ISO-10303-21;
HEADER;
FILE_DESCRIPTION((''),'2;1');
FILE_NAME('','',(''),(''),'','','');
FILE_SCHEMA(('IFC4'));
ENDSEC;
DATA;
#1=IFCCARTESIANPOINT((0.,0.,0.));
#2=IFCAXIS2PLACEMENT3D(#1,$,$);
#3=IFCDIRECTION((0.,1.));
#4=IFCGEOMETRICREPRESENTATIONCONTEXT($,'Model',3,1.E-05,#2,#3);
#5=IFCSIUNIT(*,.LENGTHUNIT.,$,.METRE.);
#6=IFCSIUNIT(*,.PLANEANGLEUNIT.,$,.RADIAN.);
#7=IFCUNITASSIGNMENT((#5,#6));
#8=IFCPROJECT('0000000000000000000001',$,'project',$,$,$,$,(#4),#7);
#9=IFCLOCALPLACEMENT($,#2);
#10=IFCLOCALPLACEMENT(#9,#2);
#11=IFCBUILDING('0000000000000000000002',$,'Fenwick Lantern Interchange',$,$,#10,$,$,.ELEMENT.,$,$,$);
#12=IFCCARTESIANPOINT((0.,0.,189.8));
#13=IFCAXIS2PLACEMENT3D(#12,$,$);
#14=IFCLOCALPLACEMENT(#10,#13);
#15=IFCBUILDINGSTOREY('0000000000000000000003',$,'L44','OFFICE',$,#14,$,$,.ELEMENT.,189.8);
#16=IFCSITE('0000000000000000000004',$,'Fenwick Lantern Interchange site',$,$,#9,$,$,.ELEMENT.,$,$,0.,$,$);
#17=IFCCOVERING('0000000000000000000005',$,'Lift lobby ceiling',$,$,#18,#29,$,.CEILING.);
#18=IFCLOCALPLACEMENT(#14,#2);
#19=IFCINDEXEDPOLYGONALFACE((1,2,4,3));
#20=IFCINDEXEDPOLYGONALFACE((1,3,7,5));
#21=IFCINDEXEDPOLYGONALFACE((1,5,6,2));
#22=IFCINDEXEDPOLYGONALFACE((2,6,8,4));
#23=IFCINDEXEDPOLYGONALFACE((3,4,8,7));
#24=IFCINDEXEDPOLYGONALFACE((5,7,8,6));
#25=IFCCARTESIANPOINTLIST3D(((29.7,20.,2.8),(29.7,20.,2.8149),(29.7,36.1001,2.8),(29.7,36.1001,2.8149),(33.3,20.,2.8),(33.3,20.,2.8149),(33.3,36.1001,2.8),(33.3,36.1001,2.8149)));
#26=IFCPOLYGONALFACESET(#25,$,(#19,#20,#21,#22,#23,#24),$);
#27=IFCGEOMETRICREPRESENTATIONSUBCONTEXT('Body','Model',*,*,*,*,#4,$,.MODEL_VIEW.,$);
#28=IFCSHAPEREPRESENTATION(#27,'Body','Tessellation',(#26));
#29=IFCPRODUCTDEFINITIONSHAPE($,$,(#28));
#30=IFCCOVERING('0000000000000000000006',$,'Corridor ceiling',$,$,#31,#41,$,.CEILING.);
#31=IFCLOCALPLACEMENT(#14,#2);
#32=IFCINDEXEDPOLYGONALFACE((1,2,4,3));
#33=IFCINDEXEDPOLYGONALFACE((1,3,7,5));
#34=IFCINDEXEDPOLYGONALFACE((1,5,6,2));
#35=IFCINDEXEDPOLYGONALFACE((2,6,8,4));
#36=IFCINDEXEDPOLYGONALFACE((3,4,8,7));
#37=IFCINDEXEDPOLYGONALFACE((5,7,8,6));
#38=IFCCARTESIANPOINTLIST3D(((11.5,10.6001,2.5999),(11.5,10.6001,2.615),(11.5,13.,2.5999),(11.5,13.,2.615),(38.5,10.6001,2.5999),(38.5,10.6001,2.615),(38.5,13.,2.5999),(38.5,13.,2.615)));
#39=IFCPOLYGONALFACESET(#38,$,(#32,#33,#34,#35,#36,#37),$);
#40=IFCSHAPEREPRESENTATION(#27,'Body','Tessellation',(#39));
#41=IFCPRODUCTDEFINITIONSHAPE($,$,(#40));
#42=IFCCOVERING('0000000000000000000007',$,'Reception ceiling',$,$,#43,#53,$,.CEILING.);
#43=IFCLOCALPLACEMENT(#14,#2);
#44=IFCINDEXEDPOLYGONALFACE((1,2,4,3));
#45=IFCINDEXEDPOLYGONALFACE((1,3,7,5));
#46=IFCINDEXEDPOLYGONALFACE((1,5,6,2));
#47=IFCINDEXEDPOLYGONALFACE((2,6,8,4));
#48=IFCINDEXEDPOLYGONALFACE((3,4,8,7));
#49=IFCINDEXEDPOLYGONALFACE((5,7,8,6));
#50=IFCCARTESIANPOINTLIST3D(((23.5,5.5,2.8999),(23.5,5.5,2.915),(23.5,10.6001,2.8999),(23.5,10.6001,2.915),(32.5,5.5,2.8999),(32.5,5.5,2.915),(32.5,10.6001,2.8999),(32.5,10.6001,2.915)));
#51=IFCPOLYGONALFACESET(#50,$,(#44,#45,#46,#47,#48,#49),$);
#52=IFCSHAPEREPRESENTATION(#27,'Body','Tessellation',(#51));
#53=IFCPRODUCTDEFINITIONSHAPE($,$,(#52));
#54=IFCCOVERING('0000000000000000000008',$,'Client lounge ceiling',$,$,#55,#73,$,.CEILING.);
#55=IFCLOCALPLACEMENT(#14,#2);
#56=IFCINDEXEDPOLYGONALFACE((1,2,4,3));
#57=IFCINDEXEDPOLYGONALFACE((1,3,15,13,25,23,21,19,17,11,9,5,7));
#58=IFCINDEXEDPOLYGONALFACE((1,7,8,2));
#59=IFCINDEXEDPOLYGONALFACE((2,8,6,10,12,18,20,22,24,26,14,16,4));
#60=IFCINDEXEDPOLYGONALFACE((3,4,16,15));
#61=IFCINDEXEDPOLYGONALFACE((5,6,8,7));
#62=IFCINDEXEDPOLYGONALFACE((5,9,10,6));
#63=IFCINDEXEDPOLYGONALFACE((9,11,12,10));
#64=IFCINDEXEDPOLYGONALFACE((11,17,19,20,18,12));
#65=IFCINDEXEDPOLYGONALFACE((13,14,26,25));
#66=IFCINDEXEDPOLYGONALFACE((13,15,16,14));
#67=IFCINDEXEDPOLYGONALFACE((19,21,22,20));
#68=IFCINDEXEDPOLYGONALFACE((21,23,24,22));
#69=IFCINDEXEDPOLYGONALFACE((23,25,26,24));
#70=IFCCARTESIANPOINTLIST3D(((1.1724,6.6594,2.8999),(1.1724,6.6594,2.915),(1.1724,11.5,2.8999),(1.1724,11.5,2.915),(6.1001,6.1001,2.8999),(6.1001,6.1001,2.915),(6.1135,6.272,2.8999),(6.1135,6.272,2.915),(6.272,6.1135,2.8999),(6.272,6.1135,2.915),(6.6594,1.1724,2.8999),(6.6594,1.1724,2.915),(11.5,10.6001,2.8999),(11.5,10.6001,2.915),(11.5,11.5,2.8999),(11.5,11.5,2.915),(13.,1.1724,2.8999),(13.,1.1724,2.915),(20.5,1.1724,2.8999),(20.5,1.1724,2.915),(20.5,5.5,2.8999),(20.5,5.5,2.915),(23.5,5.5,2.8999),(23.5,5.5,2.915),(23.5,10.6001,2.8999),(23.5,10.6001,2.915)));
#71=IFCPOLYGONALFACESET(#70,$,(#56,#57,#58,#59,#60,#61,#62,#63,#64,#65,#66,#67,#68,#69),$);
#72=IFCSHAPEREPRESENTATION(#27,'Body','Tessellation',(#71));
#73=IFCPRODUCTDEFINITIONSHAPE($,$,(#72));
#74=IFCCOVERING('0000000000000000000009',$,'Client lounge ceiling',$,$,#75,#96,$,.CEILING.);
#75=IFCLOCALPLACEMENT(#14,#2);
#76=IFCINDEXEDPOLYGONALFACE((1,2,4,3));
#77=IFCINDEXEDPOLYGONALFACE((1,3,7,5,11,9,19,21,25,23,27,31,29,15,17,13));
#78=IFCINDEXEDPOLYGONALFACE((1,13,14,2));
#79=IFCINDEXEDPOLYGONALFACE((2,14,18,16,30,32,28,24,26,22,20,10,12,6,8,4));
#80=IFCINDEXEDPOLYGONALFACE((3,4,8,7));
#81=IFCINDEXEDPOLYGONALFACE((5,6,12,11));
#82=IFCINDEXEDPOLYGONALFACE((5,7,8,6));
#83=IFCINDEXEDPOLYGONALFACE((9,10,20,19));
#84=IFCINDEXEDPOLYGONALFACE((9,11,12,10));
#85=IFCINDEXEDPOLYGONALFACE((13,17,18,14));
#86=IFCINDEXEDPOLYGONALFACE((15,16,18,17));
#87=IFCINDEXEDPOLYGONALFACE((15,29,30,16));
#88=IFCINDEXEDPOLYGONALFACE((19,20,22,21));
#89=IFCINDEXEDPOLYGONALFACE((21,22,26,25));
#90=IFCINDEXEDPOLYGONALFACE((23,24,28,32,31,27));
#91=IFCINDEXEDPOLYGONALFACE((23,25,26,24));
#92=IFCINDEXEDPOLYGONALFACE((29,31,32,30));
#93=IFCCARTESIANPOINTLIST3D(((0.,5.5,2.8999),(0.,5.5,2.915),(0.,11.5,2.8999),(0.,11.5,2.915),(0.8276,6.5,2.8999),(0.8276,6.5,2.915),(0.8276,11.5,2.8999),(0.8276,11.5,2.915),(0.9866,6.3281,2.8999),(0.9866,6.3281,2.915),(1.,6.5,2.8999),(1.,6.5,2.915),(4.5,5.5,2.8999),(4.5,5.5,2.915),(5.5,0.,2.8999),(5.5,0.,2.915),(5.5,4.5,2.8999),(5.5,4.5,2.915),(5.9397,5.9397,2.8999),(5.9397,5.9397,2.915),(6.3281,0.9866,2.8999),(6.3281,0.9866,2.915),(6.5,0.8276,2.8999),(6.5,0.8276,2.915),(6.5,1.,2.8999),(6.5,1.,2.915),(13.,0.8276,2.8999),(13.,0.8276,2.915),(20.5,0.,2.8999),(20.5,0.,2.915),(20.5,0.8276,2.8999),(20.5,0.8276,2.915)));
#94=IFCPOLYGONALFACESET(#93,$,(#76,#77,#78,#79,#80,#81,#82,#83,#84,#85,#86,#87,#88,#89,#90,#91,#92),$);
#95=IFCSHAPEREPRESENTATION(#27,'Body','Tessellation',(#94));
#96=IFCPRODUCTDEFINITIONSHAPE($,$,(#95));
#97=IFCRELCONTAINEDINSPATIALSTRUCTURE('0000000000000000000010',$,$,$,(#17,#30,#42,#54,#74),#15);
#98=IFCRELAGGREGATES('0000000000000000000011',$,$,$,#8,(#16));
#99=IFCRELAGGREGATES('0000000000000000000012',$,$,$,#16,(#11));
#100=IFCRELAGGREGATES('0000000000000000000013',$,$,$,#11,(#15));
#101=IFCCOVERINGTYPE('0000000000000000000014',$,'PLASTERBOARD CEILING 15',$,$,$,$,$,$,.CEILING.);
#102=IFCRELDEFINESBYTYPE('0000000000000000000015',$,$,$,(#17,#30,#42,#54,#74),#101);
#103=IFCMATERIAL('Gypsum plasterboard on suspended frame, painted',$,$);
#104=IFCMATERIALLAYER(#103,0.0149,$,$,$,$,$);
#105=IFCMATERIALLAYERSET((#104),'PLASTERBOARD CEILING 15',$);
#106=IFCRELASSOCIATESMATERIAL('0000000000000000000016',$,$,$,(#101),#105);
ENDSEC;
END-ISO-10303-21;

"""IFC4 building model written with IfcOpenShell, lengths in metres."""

from ifc_helpers import new_model, si_unit, direction, frame, origin, place, context, subcontext, project, spatial, polyline, outline, extrude, material, layer, layer_set, type_object, element, save


model = new_model("IFC4")

# Units and contexts
model_context = context("Model", 3, precision=1e-05, world=origin(), true_north=direction((0.0, 1.0)))
body_context = subcontext(model_context, "Body", "Model", "MODEL_VIEW")
ifc_project = project(units=[si_unit("LENGTHUNIT", "METRE"), si_unit("PLANEANGLEUNIT", "RADIAN")], contexts=[model_context])

# Site, building, storey
site_placement = place(None, origin())
site = spatial("IfcSite", under=ifc_project, at=site_placement, Name="Fenwick Lantern Interchange site", CompositionType="ELEMENT", RefElevation=0.0)
building_placement = place(site_placement, origin())
building = spatial("IfcBuilding", under=site, at=building_placement, Name="Fenwick Lantern Interchange", CompositionType="ELEMENT")
storey_placement = place(building_placement, frame((0.0, 0.0, 189.8)))
storey = spatial("IfcBuildingStorey", under=building, at=storey_placement, Name="L44", Description="OFFICE", CompositionType="ELEMENT", Elevation=189.8)

# Coverings
ifc_material_1 = material(Name="Gypsum plasterboard on suspended frame, painted")
ifc_layer_1 = layer(ifc_material_1, 0.0149)
ifc_layer_set_1 = layer_set([ifc_layer_1], Name="PLASTERBOARD CEILING 15")
covering_type_1 = type_object("IfcCoveringType", Name="PLASTERBOARD CEILING 15", PredefinedType="CEILING", material=ifc_layer_set_1)
covering_1_placement = place(storey_placement, frame((0.0, 0.0, 2.8)))
element("IfcCovering", 1, at=covering_1_placement, inside=storey, type_object=covering_type_1, Name="Lift lobby ceiling", PredefinedType="CEILING", context=body_context, shape_type="SweptSolid", body=[
    extrude(outline(polyline([(33.3, 36.1001), (29.7, 36.1001), (29.7, 20.0), (33.3, 20.0), (33.3, 36.1001)])), origin(), (0.0, 0.0, 1.0), 0.0149),
])
covering_2_placement = place(storey_placement, frame((0.0, 0.0, 2.5999)))
element("IfcCovering", 2, at=covering_2_placement, inside=storey, type_object=covering_type_1, Name="Corridor ceiling", PredefinedType="CEILING", context=body_context, shape_type="SweptSolid", body=[
    extrude(outline(polyline([(11.5, 10.6001), (38.5, 10.6001), (38.5, 13.0), (11.5, 13.0), (11.5, 10.6001)])), origin(), (0.0, 0.0, 1.0), 0.0151),
])
covering_3_placement = place(storey_placement, frame((0.0, 0.0, 2.8999)))
element("IfcCovering", 3, at=covering_3_placement, inside=storey, type_object=covering_type_1, Name="Reception ceiling", PredefinedType="CEILING", context=body_context, shape_type="SweptSolid", body=[
    extrude(outline(polyline([(23.5, 5.5), (32.5, 5.5), (32.5, 10.6001), (23.5, 10.6001), (23.5, 5.5)])), origin(), (0.0, 0.0, 1.0), 0.0151),
])
covering_4_placement = place(storey_placement, frame((0.0, 0.0, 2.8999)))
element("IfcCovering", 4, at=covering_4_placement, inside=storey, type_object=covering_type_1, Name="Client lounge ceiling", PredefinedType="CEILING", context=body_context, shape_type="SweptSolid", body=[
    extrude(outline(polyline([(11.5, 11.5), (1.1724, 11.5), (1.1724, 6.6594), (6.1135, 6.272), (6.1001, 6.1001), (6.272, 6.1135), (6.6594, 1.1724), (13.0, 1.1724), (20.5, 1.1724), (20.5, 5.5), (23.5, 5.5), (23.5, 10.6001), (11.5, 10.6001), (11.5, 11.5)])), origin(), (0.0, 0.0, 1.0), 0.0151),
])
covering_5_placement = place(storey_placement, frame((0.0, 0.0, 2.8999)))
element("IfcCovering", 5, at=covering_5_placement, inside=storey, type_object=covering_type_1, Name="Client lounge ceiling", PredefinedType="CEILING", context=body_context, shape_type="SweptSolid", body=[
    extrude(outline(polyline([(5.5, 0.0), (20.5, 0.0), (20.5, 0.8276), (13.0, 0.8276), (6.5, 0.8276), (6.5, 1.0), (6.3281, 0.9866), (5.9397, 5.9397), (0.9866, 6.3281), (1.0, 6.5), (0.8276, 6.5), (0.8276, 11.5), (0.0, 11.5), (0.0, 5.5), (4.5, 5.5), (5.5, 4.5), (5.5, 0.0)])), origin(), (0.0, 0.0, 1.0), 0.0151),
])

save(model, "model.ifc")
